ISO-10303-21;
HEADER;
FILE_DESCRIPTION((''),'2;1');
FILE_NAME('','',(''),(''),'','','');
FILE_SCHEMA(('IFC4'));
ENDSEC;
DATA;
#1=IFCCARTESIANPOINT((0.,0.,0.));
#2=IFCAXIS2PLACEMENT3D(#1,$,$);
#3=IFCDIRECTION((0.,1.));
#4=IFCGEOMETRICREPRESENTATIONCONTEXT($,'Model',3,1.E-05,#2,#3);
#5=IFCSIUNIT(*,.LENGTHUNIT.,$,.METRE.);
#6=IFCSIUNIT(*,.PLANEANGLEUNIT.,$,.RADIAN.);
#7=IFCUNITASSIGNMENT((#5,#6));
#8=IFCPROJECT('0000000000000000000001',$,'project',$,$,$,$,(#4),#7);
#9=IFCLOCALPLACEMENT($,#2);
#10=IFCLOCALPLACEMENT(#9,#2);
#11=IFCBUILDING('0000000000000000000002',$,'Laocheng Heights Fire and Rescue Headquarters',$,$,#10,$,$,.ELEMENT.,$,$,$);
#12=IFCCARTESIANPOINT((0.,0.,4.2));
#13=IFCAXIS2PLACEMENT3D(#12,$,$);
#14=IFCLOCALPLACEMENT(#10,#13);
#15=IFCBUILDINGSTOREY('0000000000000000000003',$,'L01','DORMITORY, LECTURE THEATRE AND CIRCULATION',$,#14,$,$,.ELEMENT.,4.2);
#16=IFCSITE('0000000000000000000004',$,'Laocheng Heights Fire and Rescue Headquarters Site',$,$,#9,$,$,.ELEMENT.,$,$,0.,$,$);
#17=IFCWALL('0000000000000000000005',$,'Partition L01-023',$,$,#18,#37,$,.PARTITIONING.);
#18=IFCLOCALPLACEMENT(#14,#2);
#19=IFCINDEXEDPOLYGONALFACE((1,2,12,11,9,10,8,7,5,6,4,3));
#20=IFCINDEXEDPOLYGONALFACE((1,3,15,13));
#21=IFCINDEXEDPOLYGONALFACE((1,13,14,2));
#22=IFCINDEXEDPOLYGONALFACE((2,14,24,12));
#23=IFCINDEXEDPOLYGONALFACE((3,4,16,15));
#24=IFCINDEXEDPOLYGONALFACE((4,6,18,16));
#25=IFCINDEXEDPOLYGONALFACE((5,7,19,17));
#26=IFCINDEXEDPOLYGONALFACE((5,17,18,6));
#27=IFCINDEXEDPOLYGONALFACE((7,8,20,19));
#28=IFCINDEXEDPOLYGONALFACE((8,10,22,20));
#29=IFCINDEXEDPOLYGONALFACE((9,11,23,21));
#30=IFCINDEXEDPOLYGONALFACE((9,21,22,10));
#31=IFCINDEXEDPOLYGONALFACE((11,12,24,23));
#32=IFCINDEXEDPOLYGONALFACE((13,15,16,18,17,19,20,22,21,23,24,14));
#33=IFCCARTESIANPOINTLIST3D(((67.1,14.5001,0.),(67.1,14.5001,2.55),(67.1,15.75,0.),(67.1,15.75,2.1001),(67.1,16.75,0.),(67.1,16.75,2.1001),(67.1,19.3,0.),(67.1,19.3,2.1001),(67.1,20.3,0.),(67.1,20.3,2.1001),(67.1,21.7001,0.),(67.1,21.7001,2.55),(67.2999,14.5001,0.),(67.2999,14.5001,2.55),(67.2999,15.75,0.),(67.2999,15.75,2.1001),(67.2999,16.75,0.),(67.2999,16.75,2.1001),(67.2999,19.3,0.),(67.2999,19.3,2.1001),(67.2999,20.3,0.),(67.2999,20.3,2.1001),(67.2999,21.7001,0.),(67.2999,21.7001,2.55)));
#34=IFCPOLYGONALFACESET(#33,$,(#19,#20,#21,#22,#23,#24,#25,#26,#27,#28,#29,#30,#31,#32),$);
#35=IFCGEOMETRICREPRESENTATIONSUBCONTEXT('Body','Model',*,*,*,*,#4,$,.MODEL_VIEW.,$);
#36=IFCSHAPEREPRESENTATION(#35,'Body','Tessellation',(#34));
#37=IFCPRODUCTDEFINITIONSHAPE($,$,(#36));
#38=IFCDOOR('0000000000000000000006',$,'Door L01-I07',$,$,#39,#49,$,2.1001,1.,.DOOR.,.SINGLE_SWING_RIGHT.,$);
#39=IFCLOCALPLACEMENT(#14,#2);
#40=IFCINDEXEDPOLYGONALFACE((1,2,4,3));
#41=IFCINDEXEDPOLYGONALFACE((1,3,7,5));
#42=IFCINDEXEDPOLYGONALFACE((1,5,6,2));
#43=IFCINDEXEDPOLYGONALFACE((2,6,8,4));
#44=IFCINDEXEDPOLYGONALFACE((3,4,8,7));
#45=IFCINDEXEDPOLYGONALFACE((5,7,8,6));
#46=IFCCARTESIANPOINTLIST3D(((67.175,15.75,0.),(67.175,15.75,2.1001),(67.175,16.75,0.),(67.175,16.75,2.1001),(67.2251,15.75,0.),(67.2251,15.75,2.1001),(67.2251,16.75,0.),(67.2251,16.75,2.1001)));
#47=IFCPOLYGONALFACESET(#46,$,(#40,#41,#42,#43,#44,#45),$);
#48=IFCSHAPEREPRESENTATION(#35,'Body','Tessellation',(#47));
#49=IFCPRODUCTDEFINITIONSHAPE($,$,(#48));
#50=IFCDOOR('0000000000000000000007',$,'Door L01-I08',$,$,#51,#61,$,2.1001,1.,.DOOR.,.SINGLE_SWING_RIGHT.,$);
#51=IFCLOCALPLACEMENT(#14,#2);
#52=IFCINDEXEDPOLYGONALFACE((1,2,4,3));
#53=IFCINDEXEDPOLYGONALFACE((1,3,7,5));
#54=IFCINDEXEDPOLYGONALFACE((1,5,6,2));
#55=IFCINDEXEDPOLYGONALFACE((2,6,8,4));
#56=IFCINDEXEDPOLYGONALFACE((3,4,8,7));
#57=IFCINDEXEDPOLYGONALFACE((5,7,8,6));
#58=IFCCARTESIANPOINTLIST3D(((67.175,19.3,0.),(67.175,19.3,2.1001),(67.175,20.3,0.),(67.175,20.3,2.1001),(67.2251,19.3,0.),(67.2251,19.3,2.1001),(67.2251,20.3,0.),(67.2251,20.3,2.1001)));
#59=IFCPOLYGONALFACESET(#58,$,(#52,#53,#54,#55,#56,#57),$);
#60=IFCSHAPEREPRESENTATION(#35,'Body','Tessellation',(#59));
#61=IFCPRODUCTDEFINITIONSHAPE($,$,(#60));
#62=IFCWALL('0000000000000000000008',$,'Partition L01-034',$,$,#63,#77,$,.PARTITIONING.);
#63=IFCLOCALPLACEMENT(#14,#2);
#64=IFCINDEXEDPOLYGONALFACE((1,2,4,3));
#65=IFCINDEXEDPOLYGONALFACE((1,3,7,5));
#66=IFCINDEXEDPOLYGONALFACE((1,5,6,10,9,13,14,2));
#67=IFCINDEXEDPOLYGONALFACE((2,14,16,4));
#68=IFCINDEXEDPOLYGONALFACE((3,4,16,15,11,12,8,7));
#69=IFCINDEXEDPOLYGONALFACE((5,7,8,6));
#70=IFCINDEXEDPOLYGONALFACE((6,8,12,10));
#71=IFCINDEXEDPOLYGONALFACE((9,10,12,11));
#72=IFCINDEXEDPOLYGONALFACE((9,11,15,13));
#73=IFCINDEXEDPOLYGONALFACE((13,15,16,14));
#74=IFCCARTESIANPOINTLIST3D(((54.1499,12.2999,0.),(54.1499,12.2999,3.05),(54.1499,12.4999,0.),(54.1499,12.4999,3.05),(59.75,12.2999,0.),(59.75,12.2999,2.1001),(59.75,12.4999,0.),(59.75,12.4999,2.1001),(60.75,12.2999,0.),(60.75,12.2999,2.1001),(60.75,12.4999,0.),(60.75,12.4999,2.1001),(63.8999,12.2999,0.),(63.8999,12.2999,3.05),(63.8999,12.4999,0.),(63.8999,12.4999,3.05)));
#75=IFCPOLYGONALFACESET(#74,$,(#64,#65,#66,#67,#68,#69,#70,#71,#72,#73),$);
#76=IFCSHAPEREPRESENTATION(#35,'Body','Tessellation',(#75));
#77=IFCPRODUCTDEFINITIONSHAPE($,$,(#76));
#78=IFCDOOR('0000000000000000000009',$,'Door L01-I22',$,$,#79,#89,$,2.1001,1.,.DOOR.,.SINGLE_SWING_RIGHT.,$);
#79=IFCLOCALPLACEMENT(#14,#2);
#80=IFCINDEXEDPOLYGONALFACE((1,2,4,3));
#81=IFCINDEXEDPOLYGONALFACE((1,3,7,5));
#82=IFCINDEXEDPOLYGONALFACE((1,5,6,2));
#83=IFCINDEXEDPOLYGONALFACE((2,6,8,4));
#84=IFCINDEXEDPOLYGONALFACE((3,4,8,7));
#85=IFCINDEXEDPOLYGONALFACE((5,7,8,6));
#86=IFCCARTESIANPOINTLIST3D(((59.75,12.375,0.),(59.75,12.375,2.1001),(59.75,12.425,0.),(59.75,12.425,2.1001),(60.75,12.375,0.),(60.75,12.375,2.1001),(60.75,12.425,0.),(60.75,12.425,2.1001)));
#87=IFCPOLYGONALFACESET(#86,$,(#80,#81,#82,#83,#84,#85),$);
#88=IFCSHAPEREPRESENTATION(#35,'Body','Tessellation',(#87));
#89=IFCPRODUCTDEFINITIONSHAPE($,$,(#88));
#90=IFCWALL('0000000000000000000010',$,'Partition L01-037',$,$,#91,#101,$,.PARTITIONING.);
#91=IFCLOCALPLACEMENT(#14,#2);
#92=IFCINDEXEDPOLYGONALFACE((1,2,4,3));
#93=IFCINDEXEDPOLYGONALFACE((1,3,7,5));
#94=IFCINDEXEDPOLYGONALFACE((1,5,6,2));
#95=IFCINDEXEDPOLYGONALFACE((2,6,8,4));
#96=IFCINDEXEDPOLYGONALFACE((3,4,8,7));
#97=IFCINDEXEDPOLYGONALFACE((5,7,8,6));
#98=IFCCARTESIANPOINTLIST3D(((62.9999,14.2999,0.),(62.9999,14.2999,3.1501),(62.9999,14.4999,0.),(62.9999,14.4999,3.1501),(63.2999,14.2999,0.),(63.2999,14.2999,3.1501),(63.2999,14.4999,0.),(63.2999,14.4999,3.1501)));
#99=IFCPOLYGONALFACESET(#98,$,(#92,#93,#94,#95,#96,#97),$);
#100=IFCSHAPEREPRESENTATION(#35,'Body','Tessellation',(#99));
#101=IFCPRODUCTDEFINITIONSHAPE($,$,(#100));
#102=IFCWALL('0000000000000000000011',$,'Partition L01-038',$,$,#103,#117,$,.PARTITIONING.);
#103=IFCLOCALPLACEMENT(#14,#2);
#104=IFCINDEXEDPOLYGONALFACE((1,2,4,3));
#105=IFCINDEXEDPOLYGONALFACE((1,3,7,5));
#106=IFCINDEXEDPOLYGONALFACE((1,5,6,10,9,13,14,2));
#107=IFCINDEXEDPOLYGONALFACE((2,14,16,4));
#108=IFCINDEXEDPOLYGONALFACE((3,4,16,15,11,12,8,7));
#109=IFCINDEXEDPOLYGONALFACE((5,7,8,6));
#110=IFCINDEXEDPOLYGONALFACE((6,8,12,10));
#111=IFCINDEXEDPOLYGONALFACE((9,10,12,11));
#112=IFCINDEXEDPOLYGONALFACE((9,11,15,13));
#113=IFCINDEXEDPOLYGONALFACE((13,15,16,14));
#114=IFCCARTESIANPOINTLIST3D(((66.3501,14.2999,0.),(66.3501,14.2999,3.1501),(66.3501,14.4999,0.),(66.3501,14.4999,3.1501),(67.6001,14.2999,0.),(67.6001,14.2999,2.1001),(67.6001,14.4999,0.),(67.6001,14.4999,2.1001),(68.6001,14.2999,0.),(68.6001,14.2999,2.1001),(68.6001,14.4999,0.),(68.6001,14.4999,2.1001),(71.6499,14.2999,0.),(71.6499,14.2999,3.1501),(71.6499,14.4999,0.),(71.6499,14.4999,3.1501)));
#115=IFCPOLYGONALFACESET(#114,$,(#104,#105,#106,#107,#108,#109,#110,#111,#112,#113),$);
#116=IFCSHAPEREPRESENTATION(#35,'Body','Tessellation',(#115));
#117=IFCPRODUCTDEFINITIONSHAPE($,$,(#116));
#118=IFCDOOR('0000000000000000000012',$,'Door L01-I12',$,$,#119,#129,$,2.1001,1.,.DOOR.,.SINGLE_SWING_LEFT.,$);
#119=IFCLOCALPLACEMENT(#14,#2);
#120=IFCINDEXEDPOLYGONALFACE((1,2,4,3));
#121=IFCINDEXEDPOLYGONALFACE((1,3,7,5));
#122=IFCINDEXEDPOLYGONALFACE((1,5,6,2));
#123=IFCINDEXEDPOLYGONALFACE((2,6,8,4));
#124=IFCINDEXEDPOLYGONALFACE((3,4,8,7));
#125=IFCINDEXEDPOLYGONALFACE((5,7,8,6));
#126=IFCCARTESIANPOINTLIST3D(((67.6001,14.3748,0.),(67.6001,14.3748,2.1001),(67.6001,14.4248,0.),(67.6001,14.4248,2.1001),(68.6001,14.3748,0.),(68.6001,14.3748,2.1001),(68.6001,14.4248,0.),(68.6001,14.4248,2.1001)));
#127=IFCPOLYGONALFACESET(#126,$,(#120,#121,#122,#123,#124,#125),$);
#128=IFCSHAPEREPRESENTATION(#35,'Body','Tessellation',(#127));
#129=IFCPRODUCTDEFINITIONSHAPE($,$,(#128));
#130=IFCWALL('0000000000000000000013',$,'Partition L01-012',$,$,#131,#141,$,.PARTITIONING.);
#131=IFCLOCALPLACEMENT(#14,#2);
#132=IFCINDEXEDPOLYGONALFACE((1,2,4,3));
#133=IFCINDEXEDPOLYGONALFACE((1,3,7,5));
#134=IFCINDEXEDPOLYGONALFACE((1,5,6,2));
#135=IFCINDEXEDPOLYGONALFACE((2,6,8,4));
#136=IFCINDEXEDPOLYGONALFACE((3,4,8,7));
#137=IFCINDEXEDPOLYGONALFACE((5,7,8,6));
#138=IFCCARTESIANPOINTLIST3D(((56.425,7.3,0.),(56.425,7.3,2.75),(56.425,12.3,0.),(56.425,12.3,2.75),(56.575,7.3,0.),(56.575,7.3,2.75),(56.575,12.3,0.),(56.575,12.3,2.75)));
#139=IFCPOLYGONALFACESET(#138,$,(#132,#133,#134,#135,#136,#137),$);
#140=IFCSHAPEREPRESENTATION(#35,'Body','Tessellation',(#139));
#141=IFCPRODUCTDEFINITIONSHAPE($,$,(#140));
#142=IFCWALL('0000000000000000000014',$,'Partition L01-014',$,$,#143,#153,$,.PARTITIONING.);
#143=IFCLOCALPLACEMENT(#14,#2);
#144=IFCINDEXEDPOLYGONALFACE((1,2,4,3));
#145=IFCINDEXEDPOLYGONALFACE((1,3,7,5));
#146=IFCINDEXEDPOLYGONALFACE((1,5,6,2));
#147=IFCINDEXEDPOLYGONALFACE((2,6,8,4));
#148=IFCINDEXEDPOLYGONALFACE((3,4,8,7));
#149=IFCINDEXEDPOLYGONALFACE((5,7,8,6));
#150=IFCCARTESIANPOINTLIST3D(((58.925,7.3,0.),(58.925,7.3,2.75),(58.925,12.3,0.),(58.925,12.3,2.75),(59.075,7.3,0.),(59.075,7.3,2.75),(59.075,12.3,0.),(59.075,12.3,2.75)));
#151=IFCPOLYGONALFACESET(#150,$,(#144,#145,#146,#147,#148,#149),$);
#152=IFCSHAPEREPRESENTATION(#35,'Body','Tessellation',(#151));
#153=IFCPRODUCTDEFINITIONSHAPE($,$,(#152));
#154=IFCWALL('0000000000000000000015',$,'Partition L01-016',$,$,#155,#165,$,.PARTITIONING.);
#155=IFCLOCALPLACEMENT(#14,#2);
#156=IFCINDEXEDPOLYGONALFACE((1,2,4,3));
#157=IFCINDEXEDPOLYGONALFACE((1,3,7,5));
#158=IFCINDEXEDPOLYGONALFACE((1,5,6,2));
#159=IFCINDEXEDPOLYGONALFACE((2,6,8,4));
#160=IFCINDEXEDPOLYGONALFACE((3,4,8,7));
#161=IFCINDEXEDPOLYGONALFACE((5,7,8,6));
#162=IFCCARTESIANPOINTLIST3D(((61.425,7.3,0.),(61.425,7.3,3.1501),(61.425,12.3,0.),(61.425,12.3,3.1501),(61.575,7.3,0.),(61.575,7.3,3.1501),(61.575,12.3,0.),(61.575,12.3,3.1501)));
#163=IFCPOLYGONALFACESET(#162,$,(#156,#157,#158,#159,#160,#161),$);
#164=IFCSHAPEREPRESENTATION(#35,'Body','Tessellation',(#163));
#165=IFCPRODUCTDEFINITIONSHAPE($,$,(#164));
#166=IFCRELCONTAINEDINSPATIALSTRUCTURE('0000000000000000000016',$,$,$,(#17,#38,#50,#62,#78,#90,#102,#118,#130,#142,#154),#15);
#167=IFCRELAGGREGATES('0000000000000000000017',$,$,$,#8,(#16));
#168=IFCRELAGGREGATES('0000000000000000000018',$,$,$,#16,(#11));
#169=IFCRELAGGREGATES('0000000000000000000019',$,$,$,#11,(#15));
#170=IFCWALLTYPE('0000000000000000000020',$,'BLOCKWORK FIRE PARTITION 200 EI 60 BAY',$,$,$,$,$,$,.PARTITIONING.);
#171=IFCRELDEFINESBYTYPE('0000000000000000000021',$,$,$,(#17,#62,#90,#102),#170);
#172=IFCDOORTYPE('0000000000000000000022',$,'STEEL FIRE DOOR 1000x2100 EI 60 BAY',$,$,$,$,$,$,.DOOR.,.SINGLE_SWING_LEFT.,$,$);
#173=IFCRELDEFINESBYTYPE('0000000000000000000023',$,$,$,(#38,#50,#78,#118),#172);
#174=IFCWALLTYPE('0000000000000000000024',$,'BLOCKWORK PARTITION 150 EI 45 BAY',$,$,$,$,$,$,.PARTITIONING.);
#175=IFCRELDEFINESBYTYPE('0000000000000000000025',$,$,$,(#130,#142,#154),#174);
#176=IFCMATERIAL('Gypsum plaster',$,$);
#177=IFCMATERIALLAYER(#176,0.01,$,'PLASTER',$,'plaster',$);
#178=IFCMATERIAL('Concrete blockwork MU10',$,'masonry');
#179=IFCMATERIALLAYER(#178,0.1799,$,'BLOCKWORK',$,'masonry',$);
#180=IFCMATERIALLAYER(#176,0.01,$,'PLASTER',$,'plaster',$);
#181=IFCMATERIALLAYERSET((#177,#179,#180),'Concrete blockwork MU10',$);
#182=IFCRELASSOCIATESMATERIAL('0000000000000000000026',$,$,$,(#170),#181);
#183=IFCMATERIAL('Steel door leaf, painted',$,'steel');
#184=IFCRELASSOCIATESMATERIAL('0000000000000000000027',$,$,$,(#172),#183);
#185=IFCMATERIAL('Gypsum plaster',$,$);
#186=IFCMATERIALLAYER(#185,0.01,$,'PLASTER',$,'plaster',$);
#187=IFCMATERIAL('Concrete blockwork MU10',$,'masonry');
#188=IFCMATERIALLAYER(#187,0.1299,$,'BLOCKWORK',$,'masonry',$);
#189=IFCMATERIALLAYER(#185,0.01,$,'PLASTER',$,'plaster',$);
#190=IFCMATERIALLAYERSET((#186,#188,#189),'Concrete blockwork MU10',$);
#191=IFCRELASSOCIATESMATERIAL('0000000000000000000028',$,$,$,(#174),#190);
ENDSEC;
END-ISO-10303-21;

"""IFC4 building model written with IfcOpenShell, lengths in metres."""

from ifc_helpers import new_model, si_unit, direction, frame, frame_2d, origin, place, context, subcontext, project, spatial, rectangle, extrude, material, layer, layer_set, type_object, element, fill, save


model = new_model("IFC4")

# Units and contexts
model_context = context("Model", 3, precision=1e-05, world=origin(), true_north=direction((0.0, 1.0)))
body_context = subcontext(model_context, "Body", "Model", "MODEL_VIEW")
ifc_project = project(units=[si_unit("LENGTHUNIT", "METRE"), si_unit("PLANEANGLEUNIT", "RADIAN")], contexts=[model_context])

# Site, building, storey
site_placement = place(None, origin())
site = spatial("IfcSite", under=ifc_project, at=site_placement, Name="Laocheng Heights Fire and Rescue Headquarters Site", CompositionType="ELEMENT", RefElevation=0.0)
building_placement = place(site_placement, origin())
building = spatial("IfcBuilding", under=site, at=building_placement, Name="Laocheng Heights Fire and Rescue Headquarters", CompositionType="ELEMENT")
storey_placement = place(building_placement, frame((0.0, 0.0, 4.2)))
storey = spatial("IfcBuildingStorey", under=building, at=storey_placement, Name="L01", Description="DORMITORY, LECTURE THEATRE AND CIRCULATION", CompositionType="ELEMENT", Elevation=4.2)

# Shared definitions
ifc_material_1 = material(Name="Gypsum plaster")
ifc_layer_1 = layer(ifc_material_1, 0.01, Name="PLASTER", Category="plaster")
ifc_material_2 = material(Name="Concrete blockwork MU10", Category="masonry")
ifc_layer_2 = layer(ifc_material_2, 0.1799, Name="BLOCKWORK", Category="masonry")
ifc_layer_3 = layer(ifc_material_1, 0.01, Name="PLASTER", Category="plaster")
ifc_layer_set_1 = layer_set([ifc_layer_1, ifc_layer_2, ifc_layer_3], Name="Concrete blockwork MU10")
wall_type_1 = type_object("IfcWallType", Name="BLOCKWORK FIRE PARTITION 200 EI 60 BAY", PredefinedType="PARTITIONING", material=ifc_layer_set_1)

# Wall, openings, doors
wall_1_placement = place(storey_placement, frame((67.2, 14.5, 0.0), z_axis=(0.0, 0.0, 1.0), x_axis=(0.0, 1.0, 0.0)))
wall_1 = element("IfcWall", 1, at=wall_1_placement, inside=storey, type_object=wall_type_1, Name="Partition L01-023", PredefinedType="PARTITIONING", context=body_context, shape_type="SweptSolid", body=[
    extrude(rectangle(XDim=7.2, YDim=0.2, at=frame_2d((3.6001, 0.0))), origin(), (0.0, 0.0, 1.0), 2.55),
])
opening_1_placement = place(wall_1_placement, frame((1.25, 0.0, 0.0)))
opening_1 = element("IfcOpeningElement", 2, at=opening_1_placement, cuts=wall_1, PredefinedType="OPENING", context=body_context, shape_type="SweptSolid", body=[
    extrude(rectangle(XDim=1.0, YDim=2.1001, at=frame_2d((0.5, 1.05))), frame((0.0, 0.1099, 0.0), z_axis=(0.0, -1.0, 0.0), x_axis=(1.0, 0.0, 0.0)), (0.0, 0.0, 1.0), 0.22),
])
opening_2_placement = place(wall_1_placement, frame((4.8, 0.0, 0.0)))
opening_2 = element("IfcOpeningElement", 3, at=opening_2_placement, cuts=wall_1, PredefinedType="OPENING", context=body_context, shape_type="SweptSolid", body=[
    extrude(rectangle(XDim=1.0, YDim=2.1001, at=frame_2d((0.5, 1.05))), frame((0.0, 0.1099, 0.0), z_axis=(0.0, -1.0, 0.0), x_axis=(1.0, 0.0, 0.0)), (0.0, 0.0, 1.0), 0.22),
])
ifc_material_3 = material(Name="Steel door leaf, painted", Category="steel")
door_type_1 = type_object("IfcDoorType", Name="STEEL FIRE DOOR 1000x2100 EI 60 BAY", OperationType="SINGLE_SWING_LEFT", PredefinedType="DOOR", material=ifc_material_3)
door_1_placement = place(opening_1_placement, origin())
door_1 = element("IfcDoor", 4, at=door_1_placement, inside=storey, type_object=door_type_1, Name="Door L01-I07", OperationType="SINGLE_SWING_RIGHT", OverallHeight=2.1001, OverallWidth=1.0, PredefinedType="DOOR", context=body_context, shape_type="SweptSolid", body=[
    extrude(rectangle(XDim=1.0, YDim=2.1001, at=frame_2d((0.5, 1.05))), frame((0.0, 0.0249, 0.0), z_axis=(0.0, -1.0, 0.0), x_axis=(1.0, 0.0, 0.0)), (0.0, 0.0, 1.0), 0.05),
])
fill(opening_1, door_1)
door_2_placement = place(opening_2_placement, origin())
door_2 = element("IfcDoor", 5, at=door_2_placement, inside=storey, type_object=door_type_1, Name="Door L01-I08", OperationType="SINGLE_SWING_RIGHT", OverallHeight=2.1001, OverallWidth=1.0, PredefinedType="DOOR", context=body_context, shape_type="SweptSolid", body=[
    extrude(rectangle(XDim=1.0, YDim=2.1001, at=frame_2d((0.5, 1.05))), frame((0.0, 0.0249, 0.0), z_axis=(0.0, -1.0, 0.0), x_axis=(1.0, 0.0, 0.0)), (0.0, 0.0, 1.0), 0.05),
])
fill(opening_2, door_2)

# Wall, opening, door
wall_2_placement = place(storey_placement, frame((54.1499, 12.3999, 0.0), z_axis=(0.0, 0.0, 1.0), x_axis=(1.0, 0.0, 0.0)))
wall_2 = element("IfcWall", 6, at=wall_2_placement, inside=storey, type_object=wall_type_1, Name="Partition L01-034", PredefinedType="PARTITIONING", context=body_context, shape_type="SweptSolid", body=[
    extrude(rectangle(XDim=9.75, YDim=0.2, at=frame_2d((4.875, 0.0))), origin(), (0.0, 0.0, 1.0), 3.05),
])
opening_3_placement = place(wall_2_placement, frame((5.6001, 0.0, 0.0)))
opening_3 = element("IfcOpeningElement", 7, at=opening_3_placement, cuts=wall_2, PredefinedType="OPENING", context=body_context, shape_type="SweptSolid", body=[
    extrude(rectangle(XDim=1.0, YDim=2.1001, at=frame_2d((0.5, 1.05))), frame((0.0, 0.1099, 0.0), z_axis=(0.0, -1.0, 0.0), x_axis=(1.0, 0.0, 0.0)), (0.0, 0.0, 1.0), 0.22),
])
door_3_placement = place(opening_3_placement, frame((1.0, 0.0, 0.0), z_axis=(0.0, 0.0, 1.0), x_axis=(-1.0, 0.0, 0.0)))
door_3 = element("IfcDoor", 8, at=door_3_placement, inside=storey, type_object=door_type_1, Name="Door L01-I22", OperationType="SINGLE_SWING_RIGHT", OverallHeight=2.1001, OverallWidth=1.0, PredefinedType="DOOR", context=body_context, shape_type="SweptSolid", body=[
    extrude(rectangle(XDim=1.0, YDim=2.1001, at=frame_2d((0.5, 1.05))), frame((0.0, 0.0249, 0.0), z_axis=(0.0, -1.0, 0.0), x_axis=(1.0, 0.0, 0.0)), (0.0, 0.0, 1.0), 0.05),
])
fill(opening_3, door_3)

# Wall
wall_3_placement = place(storey_placement, frame((63.0, 14.3999, 0.0), z_axis=(0.0, 0.0, 1.0), x_axis=(1.0, 0.0, 0.0)))
element("IfcWall", 9, at=wall_3_placement, inside=storey, type_object=wall_type_1, Name="Partition L01-037", PredefinedType="PARTITIONING", context=body_context, shape_type="SweptSolid", body=[
    extrude(rectangle(XDim=0.3, YDim=0.2, at=frame_2d((0.1499, 0.0))), origin(), (0.0, 0.0, 1.0), 3.1501),
])

# Wall, opening, door
wall_4_placement = place(storey_placement, frame((66.3501, 14.3999, 0.0), z_axis=(0.0, 0.0, 1.0), x_axis=(1.0, 0.0, 0.0)))
wall_4 = element("IfcWall", 10, at=wall_4_placement, inside=storey, type_object=wall_type_1, Name="Partition L01-038", PredefinedType="PARTITIONING", context=body_context, shape_type="SweptSolid", body=[
    extrude(rectangle(XDim=5.2998, YDim=0.2, at=frame_2d((2.6499, 0.0))), origin(), (0.0, 0.0, 1.0), 3.1501),
])
opening_4_placement = place(wall_4_placement, frame((1.25, 0.0, 0.0)))
opening_4 = element("IfcOpeningElement", 11, at=opening_4_placement, cuts=wall_4, PredefinedType="OPENING", context=body_context, shape_type="SweptSolid", body=[
    extrude(rectangle(XDim=1.0, YDim=2.1001, at=frame_2d((0.5, 1.05))), frame((0.0, 0.1099, 0.0), z_axis=(0.0, -1.0, 0.0), x_axis=(1.0, 0.0, 0.0)), (0.0, 0.0, 1.0), 0.22),
])
door_4_placement = place(opening_4_placement, origin())
door_4 = element("IfcDoor", 12, at=door_4_placement, inside=storey, type_object=door_type_1, Name="Door L01-I12", OperationType="SINGLE_SWING_LEFT", OverallHeight=2.1001, OverallWidth=1.0, PredefinedType="DOOR", context=body_context, shape_type="SweptSolid", body=[
    extrude(rectangle(XDim=1.0, YDim=2.1001, at=frame_2d((0.5, 1.05))), frame((0.0, 0.0249, 0.0), z_axis=(0.0, -1.0, 0.0), x_axis=(1.0, 0.0, 0.0)), (0.0, 0.0, 1.0), 0.05),
])
fill(opening_4, door_4)

# Walls
ifc_material_4 = material(Name="Gypsum plaster")
ifc_layer_4 = layer(ifc_material_4, 0.01, Name="PLASTER", Category="plaster")
ifc_material_5 = material(Name="Concrete blockwork MU10", Category="masonry")
ifc_layer_5 = layer(ifc_material_5, 0.1299, Name="BLOCKWORK", Category="masonry")
ifc_layer_6 = layer(ifc_material_4, 0.01, Name="PLASTER", Category="plaster")
ifc_layer_set_2 = layer_set([ifc_layer_4, ifc_layer_5, ifc_layer_6], Name="Concrete blockwork MU10")
wall_type_2 = type_object("IfcWallType", Name="BLOCKWORK PARTITION 150 EI 45 BAY", PredefinedType="PARTITIONING", material=ifc_layer_set_2)
for number, where, z_axis, x_axis, name in (
    (13, (56.5, 7.3, 0.0), (0.0, 0.0, 1.0), (0.0, 1.0, 0.0), "Partition L01-012"),
    (14, (59.0, 7.3, 0.0), (0.0, 0.0, 1.0), (0.0, 1.0, 0.0), "Partition L01-014"),
):
    element("IfcWall", number, at=place(storey_placement, frame(where, z_axis=z_axis, x_axis=x_axis)), inside=storey, type_object=wall_type_2, Name=name, PredefinedType="PARTITIONING", context=body_context, shape_type="SweptSolid", body=[
        extrude(rectangle(XDim=5.0, YDim=0.1499, at=frame_2d((2.5, 0.0))), origin(), (0.0, 0.0, 1.0), 2.75),
    ])
wall_5_placement = place(storey_placement, frame((61.5, 7.3, 0.0), z_axis=(0.0, 0.0, 1.0), x_axis=(0.0, 1.0, 0.0)))
element("IfcWall", 15, at=wall_5_placement, inside=storey, type_object=wall_type_2, Name="Partition L01-016", PredefinedType="PARTITIONING", context=body_context, shape_type="SweptSolid", body=[
    extrude(rectangle(XDim=5.0, YDim=0.1499, at=frame_2d((2.5, 0.0))), origin(), (0.0, 0.0, 1.0), 3.1501),
])

save(model, "model.ifc")
